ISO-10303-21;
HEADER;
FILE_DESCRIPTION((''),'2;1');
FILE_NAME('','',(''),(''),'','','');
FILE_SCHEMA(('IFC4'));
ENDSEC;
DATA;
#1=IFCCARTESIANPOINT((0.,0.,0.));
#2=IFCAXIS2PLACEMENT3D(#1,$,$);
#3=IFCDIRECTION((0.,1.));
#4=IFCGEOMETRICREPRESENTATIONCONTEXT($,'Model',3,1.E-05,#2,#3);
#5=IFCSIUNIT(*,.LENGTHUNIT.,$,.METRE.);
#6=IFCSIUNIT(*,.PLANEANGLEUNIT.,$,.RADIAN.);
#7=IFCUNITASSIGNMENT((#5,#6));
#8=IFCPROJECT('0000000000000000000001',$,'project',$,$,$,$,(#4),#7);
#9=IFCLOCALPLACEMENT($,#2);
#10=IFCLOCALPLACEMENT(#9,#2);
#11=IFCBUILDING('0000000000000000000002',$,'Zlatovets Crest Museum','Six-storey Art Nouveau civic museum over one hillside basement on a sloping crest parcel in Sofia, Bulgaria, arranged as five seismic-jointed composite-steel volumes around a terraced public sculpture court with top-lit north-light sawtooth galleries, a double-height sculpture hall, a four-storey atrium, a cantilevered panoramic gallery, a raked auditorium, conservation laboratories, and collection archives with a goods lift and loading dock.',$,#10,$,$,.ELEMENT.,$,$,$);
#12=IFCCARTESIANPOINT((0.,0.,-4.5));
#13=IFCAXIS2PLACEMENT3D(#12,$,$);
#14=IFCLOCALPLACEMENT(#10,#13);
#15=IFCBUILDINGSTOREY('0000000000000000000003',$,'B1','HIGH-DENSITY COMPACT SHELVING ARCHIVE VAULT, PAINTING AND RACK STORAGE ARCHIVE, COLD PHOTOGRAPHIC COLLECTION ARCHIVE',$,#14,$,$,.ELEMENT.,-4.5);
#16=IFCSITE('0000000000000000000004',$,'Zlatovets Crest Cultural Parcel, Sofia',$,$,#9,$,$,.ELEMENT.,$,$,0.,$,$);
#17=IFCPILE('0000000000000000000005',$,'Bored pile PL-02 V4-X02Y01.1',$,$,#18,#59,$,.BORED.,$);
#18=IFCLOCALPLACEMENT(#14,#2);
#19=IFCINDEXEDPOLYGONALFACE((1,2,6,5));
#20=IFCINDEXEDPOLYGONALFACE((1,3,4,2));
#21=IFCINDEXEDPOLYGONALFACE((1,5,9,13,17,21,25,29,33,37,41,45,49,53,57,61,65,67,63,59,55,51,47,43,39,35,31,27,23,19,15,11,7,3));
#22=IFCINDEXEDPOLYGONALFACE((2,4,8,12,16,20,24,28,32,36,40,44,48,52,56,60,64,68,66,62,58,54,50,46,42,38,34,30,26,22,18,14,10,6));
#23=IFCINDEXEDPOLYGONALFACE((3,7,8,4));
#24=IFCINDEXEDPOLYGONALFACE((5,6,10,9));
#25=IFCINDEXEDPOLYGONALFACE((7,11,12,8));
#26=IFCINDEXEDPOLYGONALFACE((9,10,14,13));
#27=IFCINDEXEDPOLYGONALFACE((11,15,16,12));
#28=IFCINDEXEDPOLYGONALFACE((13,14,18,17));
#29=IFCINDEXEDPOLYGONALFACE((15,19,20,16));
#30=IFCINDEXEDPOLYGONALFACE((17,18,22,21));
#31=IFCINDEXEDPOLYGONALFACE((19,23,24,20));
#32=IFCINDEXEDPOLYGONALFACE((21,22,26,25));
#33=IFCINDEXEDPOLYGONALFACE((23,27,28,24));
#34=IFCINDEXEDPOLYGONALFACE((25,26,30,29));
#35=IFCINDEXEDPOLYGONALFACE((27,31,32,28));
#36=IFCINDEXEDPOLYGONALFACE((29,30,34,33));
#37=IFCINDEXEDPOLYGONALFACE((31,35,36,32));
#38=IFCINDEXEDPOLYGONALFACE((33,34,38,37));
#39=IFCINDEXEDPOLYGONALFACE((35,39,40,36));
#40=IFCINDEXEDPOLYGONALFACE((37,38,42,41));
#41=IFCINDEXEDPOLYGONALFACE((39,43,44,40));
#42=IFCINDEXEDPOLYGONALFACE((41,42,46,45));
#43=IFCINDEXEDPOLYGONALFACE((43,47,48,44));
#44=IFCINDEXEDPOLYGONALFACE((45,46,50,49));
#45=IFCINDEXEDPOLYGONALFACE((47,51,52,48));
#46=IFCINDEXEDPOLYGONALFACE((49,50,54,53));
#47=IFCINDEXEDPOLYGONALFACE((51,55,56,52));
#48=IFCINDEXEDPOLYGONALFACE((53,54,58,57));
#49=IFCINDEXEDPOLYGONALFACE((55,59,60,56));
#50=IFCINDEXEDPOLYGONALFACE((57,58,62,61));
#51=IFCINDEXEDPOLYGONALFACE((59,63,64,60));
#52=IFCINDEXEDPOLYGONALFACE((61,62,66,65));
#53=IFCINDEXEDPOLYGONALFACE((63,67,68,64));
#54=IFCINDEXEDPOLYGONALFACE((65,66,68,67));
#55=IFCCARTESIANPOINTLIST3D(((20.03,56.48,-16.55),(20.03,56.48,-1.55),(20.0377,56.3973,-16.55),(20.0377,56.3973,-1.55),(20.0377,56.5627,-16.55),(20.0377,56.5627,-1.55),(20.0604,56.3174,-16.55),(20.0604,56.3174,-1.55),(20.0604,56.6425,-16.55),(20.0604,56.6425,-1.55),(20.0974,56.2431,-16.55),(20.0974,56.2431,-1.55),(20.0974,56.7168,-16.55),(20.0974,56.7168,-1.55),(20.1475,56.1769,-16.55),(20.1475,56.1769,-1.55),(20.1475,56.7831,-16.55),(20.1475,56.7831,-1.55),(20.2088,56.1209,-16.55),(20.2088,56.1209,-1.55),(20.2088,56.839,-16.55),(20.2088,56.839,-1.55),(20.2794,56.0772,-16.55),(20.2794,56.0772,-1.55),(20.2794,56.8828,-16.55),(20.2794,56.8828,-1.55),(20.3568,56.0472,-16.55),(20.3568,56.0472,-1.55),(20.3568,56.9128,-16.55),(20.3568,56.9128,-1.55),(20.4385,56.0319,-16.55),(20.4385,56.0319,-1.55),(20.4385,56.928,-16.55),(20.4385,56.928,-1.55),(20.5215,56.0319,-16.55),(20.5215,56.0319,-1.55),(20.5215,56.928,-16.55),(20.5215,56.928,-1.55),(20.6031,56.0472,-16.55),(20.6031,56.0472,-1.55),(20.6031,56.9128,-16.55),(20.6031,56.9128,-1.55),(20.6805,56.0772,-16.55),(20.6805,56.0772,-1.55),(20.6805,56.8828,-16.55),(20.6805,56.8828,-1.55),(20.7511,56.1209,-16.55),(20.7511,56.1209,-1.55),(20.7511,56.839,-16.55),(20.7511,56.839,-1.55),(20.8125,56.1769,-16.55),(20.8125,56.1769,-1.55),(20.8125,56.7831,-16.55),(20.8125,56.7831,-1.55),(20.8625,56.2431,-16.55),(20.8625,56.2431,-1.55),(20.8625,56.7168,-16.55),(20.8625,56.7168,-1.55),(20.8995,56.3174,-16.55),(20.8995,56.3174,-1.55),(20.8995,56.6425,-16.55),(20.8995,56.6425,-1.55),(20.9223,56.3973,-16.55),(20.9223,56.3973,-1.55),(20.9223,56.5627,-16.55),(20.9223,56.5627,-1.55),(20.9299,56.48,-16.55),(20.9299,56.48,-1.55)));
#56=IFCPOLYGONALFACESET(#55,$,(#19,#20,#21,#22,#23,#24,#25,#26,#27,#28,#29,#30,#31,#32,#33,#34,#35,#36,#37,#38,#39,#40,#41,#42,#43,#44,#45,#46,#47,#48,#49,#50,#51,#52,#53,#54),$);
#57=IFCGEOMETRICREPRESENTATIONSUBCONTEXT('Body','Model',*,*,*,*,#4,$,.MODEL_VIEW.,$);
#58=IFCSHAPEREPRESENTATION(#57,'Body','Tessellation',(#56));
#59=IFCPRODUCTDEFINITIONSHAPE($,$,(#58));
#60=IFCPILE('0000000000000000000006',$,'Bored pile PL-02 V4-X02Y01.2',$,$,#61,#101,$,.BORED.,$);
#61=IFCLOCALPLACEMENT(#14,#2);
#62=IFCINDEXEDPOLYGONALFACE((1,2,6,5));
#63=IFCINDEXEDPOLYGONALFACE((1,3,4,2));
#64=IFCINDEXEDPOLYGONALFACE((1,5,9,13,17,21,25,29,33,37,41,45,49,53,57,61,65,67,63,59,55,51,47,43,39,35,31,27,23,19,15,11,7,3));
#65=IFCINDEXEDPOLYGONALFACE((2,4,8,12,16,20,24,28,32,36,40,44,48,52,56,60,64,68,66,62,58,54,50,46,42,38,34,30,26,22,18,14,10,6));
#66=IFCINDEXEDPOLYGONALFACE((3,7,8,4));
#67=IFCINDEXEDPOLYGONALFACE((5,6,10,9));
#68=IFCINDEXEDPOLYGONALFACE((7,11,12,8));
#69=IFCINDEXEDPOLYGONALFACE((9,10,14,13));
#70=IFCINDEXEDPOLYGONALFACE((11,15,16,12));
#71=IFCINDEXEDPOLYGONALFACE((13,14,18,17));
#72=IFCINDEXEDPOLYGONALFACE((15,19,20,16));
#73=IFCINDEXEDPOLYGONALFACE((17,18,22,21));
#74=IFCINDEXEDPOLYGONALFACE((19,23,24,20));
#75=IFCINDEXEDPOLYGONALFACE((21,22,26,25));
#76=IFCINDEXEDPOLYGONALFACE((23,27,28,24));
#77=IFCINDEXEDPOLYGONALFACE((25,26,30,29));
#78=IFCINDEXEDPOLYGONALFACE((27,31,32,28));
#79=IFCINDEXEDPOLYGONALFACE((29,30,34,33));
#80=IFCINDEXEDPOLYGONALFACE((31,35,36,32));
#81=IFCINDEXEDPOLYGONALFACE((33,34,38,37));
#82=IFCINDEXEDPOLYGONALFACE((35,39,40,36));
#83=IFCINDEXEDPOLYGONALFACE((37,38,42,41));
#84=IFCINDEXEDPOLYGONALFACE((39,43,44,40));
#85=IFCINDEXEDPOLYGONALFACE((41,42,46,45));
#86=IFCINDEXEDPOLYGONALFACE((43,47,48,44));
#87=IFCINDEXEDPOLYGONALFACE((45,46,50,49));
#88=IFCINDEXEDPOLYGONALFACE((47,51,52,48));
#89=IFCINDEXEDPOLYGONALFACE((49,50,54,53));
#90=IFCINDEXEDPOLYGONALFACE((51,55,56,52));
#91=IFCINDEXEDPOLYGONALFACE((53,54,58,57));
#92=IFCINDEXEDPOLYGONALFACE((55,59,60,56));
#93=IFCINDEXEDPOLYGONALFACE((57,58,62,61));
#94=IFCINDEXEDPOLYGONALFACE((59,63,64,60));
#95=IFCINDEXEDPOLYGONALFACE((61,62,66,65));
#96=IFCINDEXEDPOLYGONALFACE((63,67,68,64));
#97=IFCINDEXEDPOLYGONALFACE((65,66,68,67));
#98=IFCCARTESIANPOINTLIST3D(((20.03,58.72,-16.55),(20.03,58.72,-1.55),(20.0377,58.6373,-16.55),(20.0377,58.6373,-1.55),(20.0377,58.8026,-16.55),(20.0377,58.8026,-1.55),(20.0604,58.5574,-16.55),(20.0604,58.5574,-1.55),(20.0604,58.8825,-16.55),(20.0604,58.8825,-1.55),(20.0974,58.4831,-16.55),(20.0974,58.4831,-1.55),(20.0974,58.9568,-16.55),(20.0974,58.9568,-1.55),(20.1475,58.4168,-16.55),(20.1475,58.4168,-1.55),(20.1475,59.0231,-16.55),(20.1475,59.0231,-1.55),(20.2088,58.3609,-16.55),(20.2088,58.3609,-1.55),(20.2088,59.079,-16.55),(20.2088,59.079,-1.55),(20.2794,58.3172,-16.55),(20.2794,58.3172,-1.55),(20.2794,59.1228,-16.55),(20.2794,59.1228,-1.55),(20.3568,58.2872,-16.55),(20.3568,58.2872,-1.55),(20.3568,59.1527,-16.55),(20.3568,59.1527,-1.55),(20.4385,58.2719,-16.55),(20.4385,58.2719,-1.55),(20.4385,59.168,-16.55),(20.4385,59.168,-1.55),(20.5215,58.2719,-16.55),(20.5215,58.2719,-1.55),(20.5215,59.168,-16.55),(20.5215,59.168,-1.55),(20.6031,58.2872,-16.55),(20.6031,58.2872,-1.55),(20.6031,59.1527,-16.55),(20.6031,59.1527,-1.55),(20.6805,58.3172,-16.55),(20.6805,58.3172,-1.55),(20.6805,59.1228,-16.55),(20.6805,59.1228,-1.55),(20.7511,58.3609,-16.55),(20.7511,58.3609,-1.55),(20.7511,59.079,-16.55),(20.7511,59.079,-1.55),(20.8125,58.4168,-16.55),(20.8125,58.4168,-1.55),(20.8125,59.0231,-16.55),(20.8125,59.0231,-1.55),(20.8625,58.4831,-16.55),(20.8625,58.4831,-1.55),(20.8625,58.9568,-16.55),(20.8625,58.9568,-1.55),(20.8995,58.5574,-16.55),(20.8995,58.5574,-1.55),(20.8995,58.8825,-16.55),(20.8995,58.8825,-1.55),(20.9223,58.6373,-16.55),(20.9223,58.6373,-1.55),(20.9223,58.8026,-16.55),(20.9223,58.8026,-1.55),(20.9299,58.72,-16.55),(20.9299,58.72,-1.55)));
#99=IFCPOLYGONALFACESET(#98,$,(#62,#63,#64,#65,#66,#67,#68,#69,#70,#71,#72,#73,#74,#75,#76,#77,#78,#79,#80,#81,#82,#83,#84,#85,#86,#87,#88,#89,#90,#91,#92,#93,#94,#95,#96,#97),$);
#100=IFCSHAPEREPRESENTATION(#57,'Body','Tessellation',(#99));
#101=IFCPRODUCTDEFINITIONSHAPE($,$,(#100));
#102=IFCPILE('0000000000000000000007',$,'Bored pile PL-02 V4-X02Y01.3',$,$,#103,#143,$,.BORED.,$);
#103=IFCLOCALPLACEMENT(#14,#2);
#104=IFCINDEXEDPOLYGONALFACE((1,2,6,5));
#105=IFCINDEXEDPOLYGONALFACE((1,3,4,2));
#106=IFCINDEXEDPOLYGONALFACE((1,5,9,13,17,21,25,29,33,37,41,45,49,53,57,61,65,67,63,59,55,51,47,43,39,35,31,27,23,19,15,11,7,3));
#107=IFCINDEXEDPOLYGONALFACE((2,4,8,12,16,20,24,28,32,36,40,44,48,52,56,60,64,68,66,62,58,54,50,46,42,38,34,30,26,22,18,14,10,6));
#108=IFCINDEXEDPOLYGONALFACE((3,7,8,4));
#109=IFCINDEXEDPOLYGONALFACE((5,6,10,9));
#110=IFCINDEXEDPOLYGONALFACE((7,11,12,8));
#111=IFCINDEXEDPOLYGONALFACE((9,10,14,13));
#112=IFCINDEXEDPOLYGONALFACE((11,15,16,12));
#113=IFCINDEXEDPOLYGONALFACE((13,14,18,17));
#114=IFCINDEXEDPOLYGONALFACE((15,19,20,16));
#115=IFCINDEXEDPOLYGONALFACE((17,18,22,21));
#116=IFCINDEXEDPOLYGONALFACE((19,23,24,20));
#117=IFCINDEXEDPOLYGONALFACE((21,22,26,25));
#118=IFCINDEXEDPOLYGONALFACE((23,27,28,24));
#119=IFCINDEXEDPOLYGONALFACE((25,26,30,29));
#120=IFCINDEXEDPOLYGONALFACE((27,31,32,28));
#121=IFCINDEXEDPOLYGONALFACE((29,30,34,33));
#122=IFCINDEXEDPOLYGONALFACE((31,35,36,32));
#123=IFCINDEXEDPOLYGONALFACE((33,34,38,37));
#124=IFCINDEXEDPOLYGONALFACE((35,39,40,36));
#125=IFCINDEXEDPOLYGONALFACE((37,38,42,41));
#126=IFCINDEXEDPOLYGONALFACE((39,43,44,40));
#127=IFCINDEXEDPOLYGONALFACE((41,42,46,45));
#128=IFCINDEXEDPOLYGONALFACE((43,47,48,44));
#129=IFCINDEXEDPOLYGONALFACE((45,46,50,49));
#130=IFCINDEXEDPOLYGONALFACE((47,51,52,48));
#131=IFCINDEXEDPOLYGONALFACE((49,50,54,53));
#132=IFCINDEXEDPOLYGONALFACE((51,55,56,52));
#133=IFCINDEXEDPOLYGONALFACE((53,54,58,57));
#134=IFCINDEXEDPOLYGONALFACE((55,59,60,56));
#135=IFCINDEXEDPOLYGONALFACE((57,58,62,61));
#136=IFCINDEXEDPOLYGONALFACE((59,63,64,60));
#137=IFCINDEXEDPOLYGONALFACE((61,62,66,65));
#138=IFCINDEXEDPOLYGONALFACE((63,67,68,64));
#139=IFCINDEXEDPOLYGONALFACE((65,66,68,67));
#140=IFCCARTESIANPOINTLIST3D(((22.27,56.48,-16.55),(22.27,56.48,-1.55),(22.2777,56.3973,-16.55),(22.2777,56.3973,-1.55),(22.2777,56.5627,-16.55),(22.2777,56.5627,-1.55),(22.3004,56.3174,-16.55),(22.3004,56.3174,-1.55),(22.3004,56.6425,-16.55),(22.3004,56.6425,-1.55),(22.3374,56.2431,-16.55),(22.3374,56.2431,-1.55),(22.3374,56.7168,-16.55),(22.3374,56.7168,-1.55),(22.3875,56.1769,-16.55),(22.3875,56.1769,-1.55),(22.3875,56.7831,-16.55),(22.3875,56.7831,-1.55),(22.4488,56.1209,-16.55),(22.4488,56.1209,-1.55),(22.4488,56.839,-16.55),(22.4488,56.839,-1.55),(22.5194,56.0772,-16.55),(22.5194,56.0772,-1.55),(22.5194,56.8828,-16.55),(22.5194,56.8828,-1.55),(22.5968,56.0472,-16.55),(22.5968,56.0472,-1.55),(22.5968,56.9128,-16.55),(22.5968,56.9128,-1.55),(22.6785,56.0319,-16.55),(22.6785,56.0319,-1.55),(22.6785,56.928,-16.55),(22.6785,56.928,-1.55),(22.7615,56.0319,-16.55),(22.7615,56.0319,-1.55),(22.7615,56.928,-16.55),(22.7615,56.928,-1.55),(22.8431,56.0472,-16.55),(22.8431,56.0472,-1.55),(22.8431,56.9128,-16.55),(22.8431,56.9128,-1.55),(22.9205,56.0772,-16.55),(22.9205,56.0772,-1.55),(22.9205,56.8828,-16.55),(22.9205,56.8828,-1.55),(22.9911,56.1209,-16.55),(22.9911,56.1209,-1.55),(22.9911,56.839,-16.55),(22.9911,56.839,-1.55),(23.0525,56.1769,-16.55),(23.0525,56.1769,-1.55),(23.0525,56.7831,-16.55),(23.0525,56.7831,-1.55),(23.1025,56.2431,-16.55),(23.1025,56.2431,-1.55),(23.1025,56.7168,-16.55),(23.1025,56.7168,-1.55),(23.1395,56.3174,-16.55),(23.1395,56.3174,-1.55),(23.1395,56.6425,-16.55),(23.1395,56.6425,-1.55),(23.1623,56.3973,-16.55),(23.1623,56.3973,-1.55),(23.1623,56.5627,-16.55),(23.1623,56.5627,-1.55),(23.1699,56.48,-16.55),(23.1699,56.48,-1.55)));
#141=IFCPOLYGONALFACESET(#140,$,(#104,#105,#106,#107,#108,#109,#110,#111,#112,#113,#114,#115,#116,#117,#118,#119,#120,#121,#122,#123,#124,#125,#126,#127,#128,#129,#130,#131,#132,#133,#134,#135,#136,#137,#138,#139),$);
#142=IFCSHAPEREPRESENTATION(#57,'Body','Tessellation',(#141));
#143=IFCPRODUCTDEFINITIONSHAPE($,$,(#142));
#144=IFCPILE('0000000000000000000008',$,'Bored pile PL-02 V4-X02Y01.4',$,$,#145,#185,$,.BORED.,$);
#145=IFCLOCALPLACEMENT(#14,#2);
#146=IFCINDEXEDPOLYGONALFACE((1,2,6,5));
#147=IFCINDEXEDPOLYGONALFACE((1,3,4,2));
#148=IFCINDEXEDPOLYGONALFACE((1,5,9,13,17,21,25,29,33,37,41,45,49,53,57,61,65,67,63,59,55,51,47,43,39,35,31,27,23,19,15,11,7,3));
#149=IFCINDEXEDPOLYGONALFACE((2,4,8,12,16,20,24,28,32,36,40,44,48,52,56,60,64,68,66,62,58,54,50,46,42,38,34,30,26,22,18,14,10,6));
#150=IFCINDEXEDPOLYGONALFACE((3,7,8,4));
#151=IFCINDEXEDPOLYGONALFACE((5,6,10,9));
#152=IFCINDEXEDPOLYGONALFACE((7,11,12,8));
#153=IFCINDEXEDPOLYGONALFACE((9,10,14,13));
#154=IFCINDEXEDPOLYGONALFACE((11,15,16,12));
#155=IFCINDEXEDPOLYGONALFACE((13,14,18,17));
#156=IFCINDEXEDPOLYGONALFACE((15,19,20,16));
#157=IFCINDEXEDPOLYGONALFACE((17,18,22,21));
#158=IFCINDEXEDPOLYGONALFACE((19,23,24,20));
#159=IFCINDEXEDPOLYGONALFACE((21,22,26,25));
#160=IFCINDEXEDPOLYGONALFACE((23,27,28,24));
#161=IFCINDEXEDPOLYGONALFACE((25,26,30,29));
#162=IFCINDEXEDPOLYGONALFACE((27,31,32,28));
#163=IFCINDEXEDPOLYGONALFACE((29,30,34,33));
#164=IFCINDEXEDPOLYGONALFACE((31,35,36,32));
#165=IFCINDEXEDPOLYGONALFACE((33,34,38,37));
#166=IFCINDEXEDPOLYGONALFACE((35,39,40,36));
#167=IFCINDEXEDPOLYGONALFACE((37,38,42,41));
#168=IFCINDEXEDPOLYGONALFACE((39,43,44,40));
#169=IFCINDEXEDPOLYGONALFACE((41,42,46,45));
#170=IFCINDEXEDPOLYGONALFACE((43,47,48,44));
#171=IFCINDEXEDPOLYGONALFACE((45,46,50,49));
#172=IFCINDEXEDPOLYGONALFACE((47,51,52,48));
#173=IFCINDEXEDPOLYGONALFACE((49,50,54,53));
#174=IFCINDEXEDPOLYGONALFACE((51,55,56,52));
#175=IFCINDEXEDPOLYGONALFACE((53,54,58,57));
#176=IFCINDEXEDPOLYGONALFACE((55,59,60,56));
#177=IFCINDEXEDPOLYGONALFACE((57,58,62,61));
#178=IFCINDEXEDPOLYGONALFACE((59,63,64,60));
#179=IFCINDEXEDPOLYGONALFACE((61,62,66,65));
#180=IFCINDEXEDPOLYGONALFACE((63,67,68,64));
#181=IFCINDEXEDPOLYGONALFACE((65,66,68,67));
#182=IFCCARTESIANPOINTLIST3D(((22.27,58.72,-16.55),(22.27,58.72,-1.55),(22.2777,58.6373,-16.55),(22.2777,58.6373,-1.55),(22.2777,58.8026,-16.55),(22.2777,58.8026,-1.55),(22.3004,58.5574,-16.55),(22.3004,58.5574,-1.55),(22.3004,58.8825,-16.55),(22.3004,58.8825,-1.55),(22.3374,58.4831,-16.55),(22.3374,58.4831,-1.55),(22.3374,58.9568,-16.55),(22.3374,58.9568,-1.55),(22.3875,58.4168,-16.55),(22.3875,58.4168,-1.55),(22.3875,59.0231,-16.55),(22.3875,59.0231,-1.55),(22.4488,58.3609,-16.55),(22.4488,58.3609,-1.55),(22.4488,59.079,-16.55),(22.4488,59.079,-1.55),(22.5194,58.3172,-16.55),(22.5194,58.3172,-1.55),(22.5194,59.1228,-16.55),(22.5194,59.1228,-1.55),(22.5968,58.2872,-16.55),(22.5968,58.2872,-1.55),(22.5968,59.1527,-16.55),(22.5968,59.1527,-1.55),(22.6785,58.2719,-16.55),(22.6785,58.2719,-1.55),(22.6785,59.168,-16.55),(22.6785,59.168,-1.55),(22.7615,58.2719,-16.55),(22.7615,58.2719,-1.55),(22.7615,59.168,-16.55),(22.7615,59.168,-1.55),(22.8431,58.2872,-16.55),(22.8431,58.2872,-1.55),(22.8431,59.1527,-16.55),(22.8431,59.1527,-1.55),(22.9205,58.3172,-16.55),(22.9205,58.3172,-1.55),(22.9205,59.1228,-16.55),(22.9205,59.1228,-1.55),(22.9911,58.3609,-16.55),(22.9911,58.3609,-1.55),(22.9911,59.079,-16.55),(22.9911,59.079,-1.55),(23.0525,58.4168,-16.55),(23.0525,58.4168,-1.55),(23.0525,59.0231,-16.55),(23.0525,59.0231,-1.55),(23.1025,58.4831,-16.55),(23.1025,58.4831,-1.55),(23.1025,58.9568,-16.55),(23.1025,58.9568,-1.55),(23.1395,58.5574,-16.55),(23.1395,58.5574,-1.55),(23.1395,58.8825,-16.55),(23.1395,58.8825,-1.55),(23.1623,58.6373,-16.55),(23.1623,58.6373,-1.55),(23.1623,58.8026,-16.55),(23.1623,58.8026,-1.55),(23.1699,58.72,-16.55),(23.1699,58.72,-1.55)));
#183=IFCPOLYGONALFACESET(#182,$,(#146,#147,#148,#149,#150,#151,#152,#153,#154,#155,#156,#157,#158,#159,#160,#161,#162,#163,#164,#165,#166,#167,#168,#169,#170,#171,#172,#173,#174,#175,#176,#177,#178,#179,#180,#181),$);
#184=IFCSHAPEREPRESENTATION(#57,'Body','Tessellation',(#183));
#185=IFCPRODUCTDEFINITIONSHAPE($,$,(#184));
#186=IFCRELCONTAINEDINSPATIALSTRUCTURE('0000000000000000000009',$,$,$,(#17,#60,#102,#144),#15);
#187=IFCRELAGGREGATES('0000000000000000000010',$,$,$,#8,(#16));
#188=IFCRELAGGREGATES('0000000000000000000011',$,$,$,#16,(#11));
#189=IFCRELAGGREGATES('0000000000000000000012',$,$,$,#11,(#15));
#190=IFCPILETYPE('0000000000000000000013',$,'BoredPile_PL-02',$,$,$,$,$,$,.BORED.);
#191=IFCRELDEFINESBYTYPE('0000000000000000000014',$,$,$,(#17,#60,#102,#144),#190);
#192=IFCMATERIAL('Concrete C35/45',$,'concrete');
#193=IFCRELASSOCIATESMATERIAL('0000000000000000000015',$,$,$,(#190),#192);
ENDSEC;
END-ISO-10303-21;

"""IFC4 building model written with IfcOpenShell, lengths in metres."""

from ifc_helpers import new_model, si_unit, direction, frame, origin, origin_2d, place, context, subcontext, project, spatial, circle, extrude, material, material_profile, profile_set, type_object, element, save


model = new_model("IFC4")

# Units and contexts
model_context = context("Model", 3, precision=1e-05, world=origin(), true_north=direction((0.0, 1.0)))
body_context = subcontext(model_context, "Body", "Model", "MODEL_VIEW")
ifc_project = project(units=[si_unit("LENGTHUNIT", "METRE"), si_unit("PLANEANGLEUNIT", "RADIAN")], contexts=[model_context])

# Site, building, storey
site_placement = place(None, origin())
site = spatial("IfcSite", under=ifc_project, at=site_placement, Name="Zlatovets Crest Cultural Parcel, Sofia", CompositionType="ELEMENT", RefElevation=0.0)
building_placement = place(site_placement, origin())
building = spatial("IfcBuilding", under=site, at=building_placement, Name="Zlatovets Crest Museum", Description="Six-storey Art Nouveau civic museum over one hillside basement on a sloping crest parcel in Sofia, Bulgaria, arranged as five seismic-jointed composite-steel volumes around a terraced public sculpture court with top-lit north-light sawtooth galleries, a double-height sculpture hall, a four-storey atrium, a cantilevered panoramic gallery, a raked auditorium, conservation laboratories, and collection archives with a goods lift and loading dock.", CompositionType="ELEMENT")
storey_placement = place(building_placement, frame((0.0, 0.0, -4.5)))
storey = spatial("IfcBuildingStorey", under=building, at=storey_placement, Name="B1", Description="HIGH-DENSITY COMPACT SHELVING ARCHIVE VAULT, PAINTING AND RACK STORAGE ARCHIVE, COLD PHOTOGRAPHIC COLLECTION ARCHIVE", CompositionType="ELEMENT", Elevation=-4.5)

# Piles
ifc_material = material(Name="Concrete C35/45", Category="concrete")
ifc_material_profile_1 = material_profile(ifc_material, circle(Radius=0.45, at=origin_2d()), Name="PILE D900")
ifc_profile_set_1 = profile_set([ifc_material_profile_1], Name="Concrete C35/45")
pile_type_1 = type_object("IfcPileType", Name="BoredPile_PL-02", PredefinedType="BORED", material=ifc_profile_set_1)
for number, where, z_axis, x_axis, name in (
    (1, (20.48, 56.48, -1.55), (0.0, 0.0, -1.0), (1.0, 0.0, 0.0), "Bored pile PL-02 V4-X02Y01.1"),
    (2, (20.48, 58.72, -1.55), (0.0, 0.0, -1.0), (1.0, 0.0, 0.0), "Bored pile PL-02 V4-X02Y01.2"),
    (3, (22.72, 56.48, -1.55), (0.0, 0.0, -1.0), (1.0, 0.0, 0.0), "Bored pile PL-02 V4-X02Y01.3"),
    (4, (22.72, 58.72, -1.55), (0.0, 0.0, -1.0), (1.0, 0.0, 0.0), "Bored pile PL-02 V4-X02Y01.4"),
):
    element("IfcPile", number, at=place(storey_placement, frame(where, z_axis=z_axis, x_axis=x_axis)), inside=storey, type_object=pile_type_1, Name=name, PredefinedType="BORED", context=body_context, shape_type="SweptSolid", body=[
        extrude(circle(Radius=0.45, at=origin_2d()), origin(), (0.0, 0.0, 1.0), 15.0),
    ])

save(model, "model.ifc")
